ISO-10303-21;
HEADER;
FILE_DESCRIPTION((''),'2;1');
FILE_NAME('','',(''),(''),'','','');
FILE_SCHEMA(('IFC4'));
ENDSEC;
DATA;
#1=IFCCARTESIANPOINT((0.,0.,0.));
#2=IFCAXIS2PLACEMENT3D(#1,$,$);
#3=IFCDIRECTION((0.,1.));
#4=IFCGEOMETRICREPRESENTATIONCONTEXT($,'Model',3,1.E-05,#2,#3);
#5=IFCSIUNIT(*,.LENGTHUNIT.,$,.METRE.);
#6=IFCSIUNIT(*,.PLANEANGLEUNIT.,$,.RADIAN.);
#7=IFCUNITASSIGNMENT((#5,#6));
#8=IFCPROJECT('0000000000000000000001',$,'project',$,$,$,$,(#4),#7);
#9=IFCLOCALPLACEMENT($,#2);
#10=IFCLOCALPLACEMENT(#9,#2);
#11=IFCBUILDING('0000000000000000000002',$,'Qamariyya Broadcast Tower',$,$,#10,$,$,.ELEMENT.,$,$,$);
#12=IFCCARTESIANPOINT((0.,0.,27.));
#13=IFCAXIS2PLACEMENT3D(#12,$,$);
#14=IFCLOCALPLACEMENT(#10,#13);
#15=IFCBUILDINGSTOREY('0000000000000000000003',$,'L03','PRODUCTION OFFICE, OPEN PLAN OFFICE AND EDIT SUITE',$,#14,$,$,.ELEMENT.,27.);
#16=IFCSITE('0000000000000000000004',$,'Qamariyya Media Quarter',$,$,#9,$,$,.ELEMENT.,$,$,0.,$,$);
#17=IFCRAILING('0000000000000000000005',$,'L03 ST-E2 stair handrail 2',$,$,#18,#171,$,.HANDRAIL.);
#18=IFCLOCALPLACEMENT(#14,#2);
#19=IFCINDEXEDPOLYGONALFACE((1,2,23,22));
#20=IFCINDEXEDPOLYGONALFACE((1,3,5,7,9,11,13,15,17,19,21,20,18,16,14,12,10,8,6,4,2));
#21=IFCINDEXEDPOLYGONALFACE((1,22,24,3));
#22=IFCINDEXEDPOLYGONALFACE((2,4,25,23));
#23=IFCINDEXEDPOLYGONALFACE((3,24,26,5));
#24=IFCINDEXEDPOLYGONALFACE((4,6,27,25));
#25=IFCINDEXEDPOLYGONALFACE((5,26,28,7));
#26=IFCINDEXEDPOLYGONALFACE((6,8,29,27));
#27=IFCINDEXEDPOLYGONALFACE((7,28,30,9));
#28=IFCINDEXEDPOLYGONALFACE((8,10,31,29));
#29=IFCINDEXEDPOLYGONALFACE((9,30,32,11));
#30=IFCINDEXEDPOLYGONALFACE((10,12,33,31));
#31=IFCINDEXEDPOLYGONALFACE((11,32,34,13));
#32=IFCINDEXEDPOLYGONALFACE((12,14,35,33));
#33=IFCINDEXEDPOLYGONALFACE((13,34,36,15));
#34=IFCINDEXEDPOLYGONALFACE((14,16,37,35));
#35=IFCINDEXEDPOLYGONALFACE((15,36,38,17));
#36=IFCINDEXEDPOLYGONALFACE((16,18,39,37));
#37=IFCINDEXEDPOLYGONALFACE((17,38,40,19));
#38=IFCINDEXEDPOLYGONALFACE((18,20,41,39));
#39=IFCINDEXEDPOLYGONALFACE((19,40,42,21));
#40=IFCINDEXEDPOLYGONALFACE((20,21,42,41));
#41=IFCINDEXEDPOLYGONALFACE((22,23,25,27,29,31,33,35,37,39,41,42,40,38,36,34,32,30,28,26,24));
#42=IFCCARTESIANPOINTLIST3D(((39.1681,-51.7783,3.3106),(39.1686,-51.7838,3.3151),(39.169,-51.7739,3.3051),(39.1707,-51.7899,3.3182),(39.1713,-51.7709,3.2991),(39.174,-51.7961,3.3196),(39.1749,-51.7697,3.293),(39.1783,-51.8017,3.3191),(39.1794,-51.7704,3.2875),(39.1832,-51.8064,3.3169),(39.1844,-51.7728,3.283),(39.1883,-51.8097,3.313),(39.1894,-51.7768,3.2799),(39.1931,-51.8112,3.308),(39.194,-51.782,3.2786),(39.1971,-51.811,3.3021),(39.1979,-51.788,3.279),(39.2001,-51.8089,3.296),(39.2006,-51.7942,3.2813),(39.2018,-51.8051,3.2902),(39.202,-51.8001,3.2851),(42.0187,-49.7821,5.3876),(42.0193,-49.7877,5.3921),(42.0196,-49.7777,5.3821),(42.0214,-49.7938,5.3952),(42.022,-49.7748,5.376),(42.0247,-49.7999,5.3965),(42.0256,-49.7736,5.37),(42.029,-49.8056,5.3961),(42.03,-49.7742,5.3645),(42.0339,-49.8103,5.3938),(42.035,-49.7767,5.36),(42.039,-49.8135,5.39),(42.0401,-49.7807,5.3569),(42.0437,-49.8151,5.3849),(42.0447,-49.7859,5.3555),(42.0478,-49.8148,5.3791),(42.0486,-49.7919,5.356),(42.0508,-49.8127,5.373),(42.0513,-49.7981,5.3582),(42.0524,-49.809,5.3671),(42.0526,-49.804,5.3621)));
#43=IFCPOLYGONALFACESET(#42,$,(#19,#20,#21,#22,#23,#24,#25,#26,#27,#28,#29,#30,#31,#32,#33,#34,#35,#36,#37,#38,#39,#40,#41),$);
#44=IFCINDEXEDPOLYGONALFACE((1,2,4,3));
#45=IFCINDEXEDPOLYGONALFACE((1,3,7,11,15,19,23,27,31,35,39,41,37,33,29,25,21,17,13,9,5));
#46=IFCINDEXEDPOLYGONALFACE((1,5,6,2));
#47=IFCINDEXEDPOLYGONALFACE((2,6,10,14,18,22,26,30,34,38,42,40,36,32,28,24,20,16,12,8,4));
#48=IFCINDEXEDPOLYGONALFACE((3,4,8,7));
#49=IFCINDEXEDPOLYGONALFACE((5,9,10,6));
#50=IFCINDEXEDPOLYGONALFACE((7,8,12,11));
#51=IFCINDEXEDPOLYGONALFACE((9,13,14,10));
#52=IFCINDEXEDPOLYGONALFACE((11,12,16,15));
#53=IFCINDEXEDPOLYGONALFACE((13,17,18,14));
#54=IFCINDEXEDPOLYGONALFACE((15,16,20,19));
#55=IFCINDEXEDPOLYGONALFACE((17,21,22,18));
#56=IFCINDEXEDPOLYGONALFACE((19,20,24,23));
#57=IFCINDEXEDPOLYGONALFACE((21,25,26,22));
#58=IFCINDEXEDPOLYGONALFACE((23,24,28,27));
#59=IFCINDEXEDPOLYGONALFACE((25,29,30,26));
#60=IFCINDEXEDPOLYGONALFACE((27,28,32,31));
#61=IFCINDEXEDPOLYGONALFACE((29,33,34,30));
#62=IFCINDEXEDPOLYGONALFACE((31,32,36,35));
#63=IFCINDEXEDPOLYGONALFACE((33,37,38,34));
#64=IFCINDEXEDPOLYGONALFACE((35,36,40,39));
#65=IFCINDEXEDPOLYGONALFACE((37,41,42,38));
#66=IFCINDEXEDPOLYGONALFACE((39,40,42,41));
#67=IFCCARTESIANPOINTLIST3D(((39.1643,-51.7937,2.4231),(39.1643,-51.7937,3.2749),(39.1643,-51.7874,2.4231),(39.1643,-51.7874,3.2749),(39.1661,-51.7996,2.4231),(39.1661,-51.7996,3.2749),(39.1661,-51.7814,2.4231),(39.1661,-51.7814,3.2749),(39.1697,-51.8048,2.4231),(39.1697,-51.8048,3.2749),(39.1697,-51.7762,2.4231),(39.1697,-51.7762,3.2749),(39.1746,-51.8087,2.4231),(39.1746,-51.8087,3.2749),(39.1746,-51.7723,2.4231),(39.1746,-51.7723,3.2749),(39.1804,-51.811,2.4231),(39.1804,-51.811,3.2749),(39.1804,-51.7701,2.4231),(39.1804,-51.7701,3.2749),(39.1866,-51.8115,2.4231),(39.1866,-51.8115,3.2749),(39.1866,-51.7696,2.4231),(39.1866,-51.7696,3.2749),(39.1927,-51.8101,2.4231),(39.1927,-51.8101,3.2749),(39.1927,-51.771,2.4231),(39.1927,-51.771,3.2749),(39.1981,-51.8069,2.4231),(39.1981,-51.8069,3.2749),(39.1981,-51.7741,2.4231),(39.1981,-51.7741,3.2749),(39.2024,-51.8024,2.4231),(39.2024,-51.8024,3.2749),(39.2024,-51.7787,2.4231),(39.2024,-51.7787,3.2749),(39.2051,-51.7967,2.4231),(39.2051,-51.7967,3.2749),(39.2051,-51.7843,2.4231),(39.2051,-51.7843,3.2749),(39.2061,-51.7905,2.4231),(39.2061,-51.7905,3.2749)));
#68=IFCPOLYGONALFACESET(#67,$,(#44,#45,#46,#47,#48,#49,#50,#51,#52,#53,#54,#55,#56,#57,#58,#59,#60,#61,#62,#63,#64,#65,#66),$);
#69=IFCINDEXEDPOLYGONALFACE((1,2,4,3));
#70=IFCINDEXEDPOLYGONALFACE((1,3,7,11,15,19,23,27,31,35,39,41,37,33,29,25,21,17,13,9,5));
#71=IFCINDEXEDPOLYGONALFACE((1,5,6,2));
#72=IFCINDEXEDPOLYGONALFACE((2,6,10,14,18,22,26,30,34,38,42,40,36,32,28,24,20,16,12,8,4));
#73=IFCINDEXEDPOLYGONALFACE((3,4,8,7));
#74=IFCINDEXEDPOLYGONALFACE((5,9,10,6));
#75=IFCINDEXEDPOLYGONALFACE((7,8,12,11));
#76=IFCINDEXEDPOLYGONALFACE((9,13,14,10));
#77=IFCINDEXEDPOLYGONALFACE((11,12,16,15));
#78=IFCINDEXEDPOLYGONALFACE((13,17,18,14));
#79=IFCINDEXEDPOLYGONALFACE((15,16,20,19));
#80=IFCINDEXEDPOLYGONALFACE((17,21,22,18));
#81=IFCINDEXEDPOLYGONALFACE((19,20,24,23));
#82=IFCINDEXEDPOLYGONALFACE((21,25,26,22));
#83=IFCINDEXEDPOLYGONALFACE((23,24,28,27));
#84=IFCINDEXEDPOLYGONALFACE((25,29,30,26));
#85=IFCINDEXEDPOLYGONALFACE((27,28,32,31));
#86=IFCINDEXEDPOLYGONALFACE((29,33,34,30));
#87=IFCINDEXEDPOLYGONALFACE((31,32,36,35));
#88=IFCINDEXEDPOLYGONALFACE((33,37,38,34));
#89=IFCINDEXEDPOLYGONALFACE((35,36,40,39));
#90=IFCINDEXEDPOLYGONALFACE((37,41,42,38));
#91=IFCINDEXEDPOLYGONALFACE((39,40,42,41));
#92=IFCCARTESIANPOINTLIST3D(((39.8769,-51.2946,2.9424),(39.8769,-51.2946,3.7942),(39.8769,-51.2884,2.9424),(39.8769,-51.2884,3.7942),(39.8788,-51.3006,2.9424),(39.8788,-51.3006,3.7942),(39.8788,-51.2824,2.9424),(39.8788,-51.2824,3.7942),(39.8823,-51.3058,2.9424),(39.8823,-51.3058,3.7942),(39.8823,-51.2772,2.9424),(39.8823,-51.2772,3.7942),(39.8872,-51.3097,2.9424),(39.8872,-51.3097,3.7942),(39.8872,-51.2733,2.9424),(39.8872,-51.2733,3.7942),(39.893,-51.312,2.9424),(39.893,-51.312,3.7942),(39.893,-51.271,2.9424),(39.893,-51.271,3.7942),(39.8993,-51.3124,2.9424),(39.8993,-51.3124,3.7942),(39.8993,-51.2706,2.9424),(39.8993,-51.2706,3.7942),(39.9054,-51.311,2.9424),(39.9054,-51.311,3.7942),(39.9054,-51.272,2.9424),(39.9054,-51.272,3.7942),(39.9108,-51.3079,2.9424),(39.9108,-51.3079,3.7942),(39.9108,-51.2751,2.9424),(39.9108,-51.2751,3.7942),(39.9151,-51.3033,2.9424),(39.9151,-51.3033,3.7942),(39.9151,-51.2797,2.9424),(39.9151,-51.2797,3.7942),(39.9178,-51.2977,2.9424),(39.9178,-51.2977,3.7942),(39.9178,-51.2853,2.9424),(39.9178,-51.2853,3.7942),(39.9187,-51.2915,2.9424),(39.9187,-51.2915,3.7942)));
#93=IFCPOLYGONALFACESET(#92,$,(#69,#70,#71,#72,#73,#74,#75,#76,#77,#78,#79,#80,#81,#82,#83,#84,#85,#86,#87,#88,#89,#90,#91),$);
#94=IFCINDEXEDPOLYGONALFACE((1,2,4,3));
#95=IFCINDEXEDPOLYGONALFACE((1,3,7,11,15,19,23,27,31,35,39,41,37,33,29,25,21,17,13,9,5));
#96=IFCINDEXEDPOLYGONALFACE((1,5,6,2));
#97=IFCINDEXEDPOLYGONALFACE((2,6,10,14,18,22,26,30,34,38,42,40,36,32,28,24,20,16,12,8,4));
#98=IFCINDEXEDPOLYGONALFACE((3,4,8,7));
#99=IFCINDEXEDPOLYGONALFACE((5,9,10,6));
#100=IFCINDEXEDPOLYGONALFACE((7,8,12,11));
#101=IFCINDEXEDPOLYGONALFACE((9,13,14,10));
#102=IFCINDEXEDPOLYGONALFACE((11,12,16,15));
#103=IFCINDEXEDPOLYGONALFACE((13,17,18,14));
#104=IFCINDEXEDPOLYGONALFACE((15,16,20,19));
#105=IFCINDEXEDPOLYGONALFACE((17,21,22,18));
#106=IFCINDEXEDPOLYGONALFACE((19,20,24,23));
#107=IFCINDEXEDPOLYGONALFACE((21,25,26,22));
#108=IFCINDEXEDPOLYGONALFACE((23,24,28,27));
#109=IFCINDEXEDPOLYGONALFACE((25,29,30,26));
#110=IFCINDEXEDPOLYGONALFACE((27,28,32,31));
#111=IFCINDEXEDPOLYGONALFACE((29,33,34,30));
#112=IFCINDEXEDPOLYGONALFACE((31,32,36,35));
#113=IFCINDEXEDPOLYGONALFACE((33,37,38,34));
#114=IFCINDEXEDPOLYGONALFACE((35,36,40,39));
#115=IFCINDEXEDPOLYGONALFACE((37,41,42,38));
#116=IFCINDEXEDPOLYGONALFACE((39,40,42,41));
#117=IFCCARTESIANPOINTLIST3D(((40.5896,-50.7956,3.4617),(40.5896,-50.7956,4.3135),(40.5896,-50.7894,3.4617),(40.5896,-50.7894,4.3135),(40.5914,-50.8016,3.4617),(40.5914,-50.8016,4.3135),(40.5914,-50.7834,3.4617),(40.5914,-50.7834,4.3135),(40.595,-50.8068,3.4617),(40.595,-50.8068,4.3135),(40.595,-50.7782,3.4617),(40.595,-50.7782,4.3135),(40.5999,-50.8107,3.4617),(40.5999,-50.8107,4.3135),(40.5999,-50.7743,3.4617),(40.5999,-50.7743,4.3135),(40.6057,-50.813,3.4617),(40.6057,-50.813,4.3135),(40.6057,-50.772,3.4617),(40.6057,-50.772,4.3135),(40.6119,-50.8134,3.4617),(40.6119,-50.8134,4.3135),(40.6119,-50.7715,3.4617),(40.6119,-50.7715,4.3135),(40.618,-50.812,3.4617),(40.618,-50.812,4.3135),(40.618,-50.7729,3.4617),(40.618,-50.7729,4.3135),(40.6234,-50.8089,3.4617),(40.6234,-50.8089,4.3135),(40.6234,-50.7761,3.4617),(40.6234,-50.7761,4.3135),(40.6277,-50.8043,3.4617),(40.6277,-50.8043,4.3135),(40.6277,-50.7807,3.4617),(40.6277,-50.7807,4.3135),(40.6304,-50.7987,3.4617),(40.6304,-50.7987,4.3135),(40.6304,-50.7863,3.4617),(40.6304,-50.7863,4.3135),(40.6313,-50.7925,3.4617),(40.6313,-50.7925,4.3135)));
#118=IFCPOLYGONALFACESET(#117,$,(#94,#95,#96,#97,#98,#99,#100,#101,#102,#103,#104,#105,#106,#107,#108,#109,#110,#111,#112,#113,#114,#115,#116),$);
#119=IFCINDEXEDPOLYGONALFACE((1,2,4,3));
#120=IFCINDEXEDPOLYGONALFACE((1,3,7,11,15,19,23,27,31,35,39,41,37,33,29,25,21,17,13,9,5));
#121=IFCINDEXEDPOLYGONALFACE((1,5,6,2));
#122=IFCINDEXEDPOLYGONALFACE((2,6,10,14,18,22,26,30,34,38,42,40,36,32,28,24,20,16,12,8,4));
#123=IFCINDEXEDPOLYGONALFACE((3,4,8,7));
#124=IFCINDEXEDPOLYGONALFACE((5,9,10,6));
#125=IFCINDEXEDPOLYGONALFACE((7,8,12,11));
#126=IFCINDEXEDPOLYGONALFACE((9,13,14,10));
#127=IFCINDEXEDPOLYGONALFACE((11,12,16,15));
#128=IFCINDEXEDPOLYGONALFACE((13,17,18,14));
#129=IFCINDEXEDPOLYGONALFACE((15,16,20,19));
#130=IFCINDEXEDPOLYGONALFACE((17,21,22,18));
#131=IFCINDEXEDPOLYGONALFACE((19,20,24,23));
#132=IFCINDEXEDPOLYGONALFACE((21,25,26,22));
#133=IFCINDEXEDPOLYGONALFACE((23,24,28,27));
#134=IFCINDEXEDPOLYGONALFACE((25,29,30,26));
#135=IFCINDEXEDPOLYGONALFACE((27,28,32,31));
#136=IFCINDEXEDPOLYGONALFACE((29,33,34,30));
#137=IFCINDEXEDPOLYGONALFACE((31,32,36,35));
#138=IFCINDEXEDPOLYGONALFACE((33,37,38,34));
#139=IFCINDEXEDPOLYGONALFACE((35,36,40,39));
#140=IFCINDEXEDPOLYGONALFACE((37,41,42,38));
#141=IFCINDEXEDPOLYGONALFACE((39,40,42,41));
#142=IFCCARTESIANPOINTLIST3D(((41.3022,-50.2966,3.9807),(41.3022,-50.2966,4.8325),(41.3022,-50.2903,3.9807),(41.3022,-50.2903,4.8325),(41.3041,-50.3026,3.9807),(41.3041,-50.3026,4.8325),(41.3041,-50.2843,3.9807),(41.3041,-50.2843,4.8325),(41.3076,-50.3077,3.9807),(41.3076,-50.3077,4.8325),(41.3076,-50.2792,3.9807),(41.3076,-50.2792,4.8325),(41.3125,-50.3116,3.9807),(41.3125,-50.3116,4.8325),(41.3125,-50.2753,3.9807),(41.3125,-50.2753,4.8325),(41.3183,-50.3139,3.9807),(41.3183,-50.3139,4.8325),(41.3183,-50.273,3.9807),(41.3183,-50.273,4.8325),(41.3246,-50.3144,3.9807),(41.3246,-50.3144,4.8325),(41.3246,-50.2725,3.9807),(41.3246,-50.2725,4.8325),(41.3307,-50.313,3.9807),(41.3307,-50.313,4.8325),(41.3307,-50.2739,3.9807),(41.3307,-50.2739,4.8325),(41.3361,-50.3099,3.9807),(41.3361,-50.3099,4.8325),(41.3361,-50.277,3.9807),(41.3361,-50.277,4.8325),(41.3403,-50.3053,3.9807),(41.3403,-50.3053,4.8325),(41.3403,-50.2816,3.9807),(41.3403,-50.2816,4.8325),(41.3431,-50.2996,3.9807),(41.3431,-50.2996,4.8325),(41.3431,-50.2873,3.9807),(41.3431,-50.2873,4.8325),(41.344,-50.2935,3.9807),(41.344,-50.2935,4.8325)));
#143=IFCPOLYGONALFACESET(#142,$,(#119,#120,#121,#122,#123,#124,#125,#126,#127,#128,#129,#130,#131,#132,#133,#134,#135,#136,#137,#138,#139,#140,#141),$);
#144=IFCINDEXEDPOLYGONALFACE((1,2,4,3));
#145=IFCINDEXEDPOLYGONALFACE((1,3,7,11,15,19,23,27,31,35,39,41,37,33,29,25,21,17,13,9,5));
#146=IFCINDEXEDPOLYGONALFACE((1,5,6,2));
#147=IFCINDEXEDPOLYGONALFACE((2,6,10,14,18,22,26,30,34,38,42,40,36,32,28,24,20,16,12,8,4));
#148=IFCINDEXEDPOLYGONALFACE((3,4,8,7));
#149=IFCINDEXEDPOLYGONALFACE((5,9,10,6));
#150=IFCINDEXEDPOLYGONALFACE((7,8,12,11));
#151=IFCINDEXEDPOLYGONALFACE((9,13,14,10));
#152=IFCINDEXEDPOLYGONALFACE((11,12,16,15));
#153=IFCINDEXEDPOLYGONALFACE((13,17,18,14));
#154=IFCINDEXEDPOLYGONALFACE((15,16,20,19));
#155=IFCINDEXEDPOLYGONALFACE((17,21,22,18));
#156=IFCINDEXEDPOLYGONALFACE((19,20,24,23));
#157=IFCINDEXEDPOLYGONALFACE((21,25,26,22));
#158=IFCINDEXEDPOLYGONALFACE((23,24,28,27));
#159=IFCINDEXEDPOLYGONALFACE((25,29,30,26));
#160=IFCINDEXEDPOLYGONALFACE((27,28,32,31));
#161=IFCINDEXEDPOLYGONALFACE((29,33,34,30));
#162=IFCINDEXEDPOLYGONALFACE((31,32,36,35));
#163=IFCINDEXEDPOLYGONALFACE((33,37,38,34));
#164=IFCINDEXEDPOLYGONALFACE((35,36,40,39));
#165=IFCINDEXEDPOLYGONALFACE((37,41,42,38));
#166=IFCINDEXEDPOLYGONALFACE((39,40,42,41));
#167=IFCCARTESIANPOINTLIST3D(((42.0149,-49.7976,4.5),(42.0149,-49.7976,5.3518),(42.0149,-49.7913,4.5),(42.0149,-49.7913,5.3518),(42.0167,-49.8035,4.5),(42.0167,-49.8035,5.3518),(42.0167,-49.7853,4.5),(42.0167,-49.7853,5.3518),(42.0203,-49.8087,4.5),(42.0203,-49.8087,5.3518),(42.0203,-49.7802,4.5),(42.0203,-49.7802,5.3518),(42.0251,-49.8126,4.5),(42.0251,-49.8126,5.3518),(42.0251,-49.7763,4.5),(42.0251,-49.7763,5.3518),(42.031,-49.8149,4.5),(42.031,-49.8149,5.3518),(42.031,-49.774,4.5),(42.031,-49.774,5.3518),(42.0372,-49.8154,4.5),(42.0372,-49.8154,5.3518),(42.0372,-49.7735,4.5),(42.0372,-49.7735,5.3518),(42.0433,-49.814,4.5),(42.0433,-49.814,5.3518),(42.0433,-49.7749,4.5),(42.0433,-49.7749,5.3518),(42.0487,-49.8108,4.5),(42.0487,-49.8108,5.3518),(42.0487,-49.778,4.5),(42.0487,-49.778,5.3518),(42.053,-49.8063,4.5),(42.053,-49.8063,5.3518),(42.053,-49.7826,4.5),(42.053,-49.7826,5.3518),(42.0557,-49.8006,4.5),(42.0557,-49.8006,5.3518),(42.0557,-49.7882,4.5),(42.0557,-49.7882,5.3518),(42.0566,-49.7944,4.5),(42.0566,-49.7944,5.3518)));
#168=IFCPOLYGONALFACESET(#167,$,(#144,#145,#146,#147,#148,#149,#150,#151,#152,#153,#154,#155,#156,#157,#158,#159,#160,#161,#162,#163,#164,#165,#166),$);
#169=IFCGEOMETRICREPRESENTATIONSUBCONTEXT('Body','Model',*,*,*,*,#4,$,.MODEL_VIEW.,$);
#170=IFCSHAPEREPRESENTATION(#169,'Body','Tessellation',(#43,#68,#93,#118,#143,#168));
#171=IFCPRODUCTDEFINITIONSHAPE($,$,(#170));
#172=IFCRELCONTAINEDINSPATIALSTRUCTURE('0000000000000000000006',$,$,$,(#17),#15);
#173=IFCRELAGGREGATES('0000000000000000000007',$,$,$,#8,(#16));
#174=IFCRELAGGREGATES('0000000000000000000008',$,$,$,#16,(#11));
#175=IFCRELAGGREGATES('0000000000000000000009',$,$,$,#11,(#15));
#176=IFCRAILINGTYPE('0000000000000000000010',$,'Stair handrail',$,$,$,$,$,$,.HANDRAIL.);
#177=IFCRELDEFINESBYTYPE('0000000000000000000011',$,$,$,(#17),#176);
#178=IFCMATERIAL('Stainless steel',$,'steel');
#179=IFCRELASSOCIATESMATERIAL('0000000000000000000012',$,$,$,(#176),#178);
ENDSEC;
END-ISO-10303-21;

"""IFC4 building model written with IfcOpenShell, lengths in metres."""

from ifc_helpers import new_model, si_unit, direction, frame, origin, origin_2d, place, context, subcontext, project, spatial, circle, extrude, material, type_object, element, save


model = new_model("IFC4")

# Units and contexts
model_context = context("Model", 3, precision=1e-05, world=origin(), true_north=direction((0.0, 1.0)))
body_context = subcontext(model_context, "Body", "Model", "MODEL_VIEW")
ifc_project = project(units=[si_unit("LENGTHUNIT", "METRE"), si_unit("PLANEANGLEUNIT", "RADIAN")], contexts=[model_context])

# Site, building, storey
site_placement = place(None, origin())
site = spatial("IfcSite", under=ifc_project, at=site_placement, Name="Qamariyya Media Quarter", CompositionType="ELEMENT", RefElevation=0.0)
building_placement = place(site_placement, origin())
building = spatial("IfcBuilding", under=site, at=building_placement, Name="Qamariyya Broadcast Tower", CompositionType="ELEMENT")
storey_placement = place(building_placement, frame((0.0, 0.0, 27.0)))
storey = spatial("IfcBuildingStorey", under=building, at=storey_placement, Name="L03", Description="PRODUCTION OFFICE, OPEN PLAN OFFICE AND EDIT SUITE", CompositionType="ELEMENT", Elevation=27.0)

# Railing
ifc_material_1 = material(Name="Stainless steel", Category="steel")
railing_type_1 = type_object("IfcRailingType", Name="Stair handrail", PredefinedType="HANDRAIL", material=ifc_material_1)
railing_1_placement = place(storey_placement, frame((39.1851, -51.7905, 2.4231)))
element("IfcRailing", 1, at=railing_1_placement, inside=storey, type_object=railing_type_1, Name="L03 ST-E2 stair handrail 2", PredefinedType="HANDRAIL", context=body_context, shape_type="SweptSolid", body=[
    extrude(circle(Radius=0.0239, at=origin_2d()), frame((0.0, 0.0, 0.876), z_axis=(0.703393, 0.492544, 0.512484), x_axis=(-0.573594, 0.81914, 0.0)), (0.0, 0.0, 1.0), 4.0527),
    extrude(circle(Radius=0.021, at=origin_2d()), origin(), (0.0, 0.0, 1.0), 0.8518),
    extrude(circle(Radius=0.021, at=origin_2d()), frame((0.7126, 0.499, 0.5193)), (0.0, 0.0, 1.0), 0.8518),
    extrude(circle(Radius=0.021, at=origin_2d()), frame((1.4253, 0.998, 1.0386)), (0.0, 0.0, 1.0), 0.8518),
    extrude(circle(Radius=0.021, at=origin_2d()), frame((2.1379, 1.4971, 1.5576)), (0.0, 0.0, 1.0), 0.8518),
    extrude(circle(Radius=0.021, at=origin_2d()), frame((2.8506, 1.9961, 2.0769)), (0.0, 0.0, 1.0), 0.8518),
])

save(model, "model.ifc")
